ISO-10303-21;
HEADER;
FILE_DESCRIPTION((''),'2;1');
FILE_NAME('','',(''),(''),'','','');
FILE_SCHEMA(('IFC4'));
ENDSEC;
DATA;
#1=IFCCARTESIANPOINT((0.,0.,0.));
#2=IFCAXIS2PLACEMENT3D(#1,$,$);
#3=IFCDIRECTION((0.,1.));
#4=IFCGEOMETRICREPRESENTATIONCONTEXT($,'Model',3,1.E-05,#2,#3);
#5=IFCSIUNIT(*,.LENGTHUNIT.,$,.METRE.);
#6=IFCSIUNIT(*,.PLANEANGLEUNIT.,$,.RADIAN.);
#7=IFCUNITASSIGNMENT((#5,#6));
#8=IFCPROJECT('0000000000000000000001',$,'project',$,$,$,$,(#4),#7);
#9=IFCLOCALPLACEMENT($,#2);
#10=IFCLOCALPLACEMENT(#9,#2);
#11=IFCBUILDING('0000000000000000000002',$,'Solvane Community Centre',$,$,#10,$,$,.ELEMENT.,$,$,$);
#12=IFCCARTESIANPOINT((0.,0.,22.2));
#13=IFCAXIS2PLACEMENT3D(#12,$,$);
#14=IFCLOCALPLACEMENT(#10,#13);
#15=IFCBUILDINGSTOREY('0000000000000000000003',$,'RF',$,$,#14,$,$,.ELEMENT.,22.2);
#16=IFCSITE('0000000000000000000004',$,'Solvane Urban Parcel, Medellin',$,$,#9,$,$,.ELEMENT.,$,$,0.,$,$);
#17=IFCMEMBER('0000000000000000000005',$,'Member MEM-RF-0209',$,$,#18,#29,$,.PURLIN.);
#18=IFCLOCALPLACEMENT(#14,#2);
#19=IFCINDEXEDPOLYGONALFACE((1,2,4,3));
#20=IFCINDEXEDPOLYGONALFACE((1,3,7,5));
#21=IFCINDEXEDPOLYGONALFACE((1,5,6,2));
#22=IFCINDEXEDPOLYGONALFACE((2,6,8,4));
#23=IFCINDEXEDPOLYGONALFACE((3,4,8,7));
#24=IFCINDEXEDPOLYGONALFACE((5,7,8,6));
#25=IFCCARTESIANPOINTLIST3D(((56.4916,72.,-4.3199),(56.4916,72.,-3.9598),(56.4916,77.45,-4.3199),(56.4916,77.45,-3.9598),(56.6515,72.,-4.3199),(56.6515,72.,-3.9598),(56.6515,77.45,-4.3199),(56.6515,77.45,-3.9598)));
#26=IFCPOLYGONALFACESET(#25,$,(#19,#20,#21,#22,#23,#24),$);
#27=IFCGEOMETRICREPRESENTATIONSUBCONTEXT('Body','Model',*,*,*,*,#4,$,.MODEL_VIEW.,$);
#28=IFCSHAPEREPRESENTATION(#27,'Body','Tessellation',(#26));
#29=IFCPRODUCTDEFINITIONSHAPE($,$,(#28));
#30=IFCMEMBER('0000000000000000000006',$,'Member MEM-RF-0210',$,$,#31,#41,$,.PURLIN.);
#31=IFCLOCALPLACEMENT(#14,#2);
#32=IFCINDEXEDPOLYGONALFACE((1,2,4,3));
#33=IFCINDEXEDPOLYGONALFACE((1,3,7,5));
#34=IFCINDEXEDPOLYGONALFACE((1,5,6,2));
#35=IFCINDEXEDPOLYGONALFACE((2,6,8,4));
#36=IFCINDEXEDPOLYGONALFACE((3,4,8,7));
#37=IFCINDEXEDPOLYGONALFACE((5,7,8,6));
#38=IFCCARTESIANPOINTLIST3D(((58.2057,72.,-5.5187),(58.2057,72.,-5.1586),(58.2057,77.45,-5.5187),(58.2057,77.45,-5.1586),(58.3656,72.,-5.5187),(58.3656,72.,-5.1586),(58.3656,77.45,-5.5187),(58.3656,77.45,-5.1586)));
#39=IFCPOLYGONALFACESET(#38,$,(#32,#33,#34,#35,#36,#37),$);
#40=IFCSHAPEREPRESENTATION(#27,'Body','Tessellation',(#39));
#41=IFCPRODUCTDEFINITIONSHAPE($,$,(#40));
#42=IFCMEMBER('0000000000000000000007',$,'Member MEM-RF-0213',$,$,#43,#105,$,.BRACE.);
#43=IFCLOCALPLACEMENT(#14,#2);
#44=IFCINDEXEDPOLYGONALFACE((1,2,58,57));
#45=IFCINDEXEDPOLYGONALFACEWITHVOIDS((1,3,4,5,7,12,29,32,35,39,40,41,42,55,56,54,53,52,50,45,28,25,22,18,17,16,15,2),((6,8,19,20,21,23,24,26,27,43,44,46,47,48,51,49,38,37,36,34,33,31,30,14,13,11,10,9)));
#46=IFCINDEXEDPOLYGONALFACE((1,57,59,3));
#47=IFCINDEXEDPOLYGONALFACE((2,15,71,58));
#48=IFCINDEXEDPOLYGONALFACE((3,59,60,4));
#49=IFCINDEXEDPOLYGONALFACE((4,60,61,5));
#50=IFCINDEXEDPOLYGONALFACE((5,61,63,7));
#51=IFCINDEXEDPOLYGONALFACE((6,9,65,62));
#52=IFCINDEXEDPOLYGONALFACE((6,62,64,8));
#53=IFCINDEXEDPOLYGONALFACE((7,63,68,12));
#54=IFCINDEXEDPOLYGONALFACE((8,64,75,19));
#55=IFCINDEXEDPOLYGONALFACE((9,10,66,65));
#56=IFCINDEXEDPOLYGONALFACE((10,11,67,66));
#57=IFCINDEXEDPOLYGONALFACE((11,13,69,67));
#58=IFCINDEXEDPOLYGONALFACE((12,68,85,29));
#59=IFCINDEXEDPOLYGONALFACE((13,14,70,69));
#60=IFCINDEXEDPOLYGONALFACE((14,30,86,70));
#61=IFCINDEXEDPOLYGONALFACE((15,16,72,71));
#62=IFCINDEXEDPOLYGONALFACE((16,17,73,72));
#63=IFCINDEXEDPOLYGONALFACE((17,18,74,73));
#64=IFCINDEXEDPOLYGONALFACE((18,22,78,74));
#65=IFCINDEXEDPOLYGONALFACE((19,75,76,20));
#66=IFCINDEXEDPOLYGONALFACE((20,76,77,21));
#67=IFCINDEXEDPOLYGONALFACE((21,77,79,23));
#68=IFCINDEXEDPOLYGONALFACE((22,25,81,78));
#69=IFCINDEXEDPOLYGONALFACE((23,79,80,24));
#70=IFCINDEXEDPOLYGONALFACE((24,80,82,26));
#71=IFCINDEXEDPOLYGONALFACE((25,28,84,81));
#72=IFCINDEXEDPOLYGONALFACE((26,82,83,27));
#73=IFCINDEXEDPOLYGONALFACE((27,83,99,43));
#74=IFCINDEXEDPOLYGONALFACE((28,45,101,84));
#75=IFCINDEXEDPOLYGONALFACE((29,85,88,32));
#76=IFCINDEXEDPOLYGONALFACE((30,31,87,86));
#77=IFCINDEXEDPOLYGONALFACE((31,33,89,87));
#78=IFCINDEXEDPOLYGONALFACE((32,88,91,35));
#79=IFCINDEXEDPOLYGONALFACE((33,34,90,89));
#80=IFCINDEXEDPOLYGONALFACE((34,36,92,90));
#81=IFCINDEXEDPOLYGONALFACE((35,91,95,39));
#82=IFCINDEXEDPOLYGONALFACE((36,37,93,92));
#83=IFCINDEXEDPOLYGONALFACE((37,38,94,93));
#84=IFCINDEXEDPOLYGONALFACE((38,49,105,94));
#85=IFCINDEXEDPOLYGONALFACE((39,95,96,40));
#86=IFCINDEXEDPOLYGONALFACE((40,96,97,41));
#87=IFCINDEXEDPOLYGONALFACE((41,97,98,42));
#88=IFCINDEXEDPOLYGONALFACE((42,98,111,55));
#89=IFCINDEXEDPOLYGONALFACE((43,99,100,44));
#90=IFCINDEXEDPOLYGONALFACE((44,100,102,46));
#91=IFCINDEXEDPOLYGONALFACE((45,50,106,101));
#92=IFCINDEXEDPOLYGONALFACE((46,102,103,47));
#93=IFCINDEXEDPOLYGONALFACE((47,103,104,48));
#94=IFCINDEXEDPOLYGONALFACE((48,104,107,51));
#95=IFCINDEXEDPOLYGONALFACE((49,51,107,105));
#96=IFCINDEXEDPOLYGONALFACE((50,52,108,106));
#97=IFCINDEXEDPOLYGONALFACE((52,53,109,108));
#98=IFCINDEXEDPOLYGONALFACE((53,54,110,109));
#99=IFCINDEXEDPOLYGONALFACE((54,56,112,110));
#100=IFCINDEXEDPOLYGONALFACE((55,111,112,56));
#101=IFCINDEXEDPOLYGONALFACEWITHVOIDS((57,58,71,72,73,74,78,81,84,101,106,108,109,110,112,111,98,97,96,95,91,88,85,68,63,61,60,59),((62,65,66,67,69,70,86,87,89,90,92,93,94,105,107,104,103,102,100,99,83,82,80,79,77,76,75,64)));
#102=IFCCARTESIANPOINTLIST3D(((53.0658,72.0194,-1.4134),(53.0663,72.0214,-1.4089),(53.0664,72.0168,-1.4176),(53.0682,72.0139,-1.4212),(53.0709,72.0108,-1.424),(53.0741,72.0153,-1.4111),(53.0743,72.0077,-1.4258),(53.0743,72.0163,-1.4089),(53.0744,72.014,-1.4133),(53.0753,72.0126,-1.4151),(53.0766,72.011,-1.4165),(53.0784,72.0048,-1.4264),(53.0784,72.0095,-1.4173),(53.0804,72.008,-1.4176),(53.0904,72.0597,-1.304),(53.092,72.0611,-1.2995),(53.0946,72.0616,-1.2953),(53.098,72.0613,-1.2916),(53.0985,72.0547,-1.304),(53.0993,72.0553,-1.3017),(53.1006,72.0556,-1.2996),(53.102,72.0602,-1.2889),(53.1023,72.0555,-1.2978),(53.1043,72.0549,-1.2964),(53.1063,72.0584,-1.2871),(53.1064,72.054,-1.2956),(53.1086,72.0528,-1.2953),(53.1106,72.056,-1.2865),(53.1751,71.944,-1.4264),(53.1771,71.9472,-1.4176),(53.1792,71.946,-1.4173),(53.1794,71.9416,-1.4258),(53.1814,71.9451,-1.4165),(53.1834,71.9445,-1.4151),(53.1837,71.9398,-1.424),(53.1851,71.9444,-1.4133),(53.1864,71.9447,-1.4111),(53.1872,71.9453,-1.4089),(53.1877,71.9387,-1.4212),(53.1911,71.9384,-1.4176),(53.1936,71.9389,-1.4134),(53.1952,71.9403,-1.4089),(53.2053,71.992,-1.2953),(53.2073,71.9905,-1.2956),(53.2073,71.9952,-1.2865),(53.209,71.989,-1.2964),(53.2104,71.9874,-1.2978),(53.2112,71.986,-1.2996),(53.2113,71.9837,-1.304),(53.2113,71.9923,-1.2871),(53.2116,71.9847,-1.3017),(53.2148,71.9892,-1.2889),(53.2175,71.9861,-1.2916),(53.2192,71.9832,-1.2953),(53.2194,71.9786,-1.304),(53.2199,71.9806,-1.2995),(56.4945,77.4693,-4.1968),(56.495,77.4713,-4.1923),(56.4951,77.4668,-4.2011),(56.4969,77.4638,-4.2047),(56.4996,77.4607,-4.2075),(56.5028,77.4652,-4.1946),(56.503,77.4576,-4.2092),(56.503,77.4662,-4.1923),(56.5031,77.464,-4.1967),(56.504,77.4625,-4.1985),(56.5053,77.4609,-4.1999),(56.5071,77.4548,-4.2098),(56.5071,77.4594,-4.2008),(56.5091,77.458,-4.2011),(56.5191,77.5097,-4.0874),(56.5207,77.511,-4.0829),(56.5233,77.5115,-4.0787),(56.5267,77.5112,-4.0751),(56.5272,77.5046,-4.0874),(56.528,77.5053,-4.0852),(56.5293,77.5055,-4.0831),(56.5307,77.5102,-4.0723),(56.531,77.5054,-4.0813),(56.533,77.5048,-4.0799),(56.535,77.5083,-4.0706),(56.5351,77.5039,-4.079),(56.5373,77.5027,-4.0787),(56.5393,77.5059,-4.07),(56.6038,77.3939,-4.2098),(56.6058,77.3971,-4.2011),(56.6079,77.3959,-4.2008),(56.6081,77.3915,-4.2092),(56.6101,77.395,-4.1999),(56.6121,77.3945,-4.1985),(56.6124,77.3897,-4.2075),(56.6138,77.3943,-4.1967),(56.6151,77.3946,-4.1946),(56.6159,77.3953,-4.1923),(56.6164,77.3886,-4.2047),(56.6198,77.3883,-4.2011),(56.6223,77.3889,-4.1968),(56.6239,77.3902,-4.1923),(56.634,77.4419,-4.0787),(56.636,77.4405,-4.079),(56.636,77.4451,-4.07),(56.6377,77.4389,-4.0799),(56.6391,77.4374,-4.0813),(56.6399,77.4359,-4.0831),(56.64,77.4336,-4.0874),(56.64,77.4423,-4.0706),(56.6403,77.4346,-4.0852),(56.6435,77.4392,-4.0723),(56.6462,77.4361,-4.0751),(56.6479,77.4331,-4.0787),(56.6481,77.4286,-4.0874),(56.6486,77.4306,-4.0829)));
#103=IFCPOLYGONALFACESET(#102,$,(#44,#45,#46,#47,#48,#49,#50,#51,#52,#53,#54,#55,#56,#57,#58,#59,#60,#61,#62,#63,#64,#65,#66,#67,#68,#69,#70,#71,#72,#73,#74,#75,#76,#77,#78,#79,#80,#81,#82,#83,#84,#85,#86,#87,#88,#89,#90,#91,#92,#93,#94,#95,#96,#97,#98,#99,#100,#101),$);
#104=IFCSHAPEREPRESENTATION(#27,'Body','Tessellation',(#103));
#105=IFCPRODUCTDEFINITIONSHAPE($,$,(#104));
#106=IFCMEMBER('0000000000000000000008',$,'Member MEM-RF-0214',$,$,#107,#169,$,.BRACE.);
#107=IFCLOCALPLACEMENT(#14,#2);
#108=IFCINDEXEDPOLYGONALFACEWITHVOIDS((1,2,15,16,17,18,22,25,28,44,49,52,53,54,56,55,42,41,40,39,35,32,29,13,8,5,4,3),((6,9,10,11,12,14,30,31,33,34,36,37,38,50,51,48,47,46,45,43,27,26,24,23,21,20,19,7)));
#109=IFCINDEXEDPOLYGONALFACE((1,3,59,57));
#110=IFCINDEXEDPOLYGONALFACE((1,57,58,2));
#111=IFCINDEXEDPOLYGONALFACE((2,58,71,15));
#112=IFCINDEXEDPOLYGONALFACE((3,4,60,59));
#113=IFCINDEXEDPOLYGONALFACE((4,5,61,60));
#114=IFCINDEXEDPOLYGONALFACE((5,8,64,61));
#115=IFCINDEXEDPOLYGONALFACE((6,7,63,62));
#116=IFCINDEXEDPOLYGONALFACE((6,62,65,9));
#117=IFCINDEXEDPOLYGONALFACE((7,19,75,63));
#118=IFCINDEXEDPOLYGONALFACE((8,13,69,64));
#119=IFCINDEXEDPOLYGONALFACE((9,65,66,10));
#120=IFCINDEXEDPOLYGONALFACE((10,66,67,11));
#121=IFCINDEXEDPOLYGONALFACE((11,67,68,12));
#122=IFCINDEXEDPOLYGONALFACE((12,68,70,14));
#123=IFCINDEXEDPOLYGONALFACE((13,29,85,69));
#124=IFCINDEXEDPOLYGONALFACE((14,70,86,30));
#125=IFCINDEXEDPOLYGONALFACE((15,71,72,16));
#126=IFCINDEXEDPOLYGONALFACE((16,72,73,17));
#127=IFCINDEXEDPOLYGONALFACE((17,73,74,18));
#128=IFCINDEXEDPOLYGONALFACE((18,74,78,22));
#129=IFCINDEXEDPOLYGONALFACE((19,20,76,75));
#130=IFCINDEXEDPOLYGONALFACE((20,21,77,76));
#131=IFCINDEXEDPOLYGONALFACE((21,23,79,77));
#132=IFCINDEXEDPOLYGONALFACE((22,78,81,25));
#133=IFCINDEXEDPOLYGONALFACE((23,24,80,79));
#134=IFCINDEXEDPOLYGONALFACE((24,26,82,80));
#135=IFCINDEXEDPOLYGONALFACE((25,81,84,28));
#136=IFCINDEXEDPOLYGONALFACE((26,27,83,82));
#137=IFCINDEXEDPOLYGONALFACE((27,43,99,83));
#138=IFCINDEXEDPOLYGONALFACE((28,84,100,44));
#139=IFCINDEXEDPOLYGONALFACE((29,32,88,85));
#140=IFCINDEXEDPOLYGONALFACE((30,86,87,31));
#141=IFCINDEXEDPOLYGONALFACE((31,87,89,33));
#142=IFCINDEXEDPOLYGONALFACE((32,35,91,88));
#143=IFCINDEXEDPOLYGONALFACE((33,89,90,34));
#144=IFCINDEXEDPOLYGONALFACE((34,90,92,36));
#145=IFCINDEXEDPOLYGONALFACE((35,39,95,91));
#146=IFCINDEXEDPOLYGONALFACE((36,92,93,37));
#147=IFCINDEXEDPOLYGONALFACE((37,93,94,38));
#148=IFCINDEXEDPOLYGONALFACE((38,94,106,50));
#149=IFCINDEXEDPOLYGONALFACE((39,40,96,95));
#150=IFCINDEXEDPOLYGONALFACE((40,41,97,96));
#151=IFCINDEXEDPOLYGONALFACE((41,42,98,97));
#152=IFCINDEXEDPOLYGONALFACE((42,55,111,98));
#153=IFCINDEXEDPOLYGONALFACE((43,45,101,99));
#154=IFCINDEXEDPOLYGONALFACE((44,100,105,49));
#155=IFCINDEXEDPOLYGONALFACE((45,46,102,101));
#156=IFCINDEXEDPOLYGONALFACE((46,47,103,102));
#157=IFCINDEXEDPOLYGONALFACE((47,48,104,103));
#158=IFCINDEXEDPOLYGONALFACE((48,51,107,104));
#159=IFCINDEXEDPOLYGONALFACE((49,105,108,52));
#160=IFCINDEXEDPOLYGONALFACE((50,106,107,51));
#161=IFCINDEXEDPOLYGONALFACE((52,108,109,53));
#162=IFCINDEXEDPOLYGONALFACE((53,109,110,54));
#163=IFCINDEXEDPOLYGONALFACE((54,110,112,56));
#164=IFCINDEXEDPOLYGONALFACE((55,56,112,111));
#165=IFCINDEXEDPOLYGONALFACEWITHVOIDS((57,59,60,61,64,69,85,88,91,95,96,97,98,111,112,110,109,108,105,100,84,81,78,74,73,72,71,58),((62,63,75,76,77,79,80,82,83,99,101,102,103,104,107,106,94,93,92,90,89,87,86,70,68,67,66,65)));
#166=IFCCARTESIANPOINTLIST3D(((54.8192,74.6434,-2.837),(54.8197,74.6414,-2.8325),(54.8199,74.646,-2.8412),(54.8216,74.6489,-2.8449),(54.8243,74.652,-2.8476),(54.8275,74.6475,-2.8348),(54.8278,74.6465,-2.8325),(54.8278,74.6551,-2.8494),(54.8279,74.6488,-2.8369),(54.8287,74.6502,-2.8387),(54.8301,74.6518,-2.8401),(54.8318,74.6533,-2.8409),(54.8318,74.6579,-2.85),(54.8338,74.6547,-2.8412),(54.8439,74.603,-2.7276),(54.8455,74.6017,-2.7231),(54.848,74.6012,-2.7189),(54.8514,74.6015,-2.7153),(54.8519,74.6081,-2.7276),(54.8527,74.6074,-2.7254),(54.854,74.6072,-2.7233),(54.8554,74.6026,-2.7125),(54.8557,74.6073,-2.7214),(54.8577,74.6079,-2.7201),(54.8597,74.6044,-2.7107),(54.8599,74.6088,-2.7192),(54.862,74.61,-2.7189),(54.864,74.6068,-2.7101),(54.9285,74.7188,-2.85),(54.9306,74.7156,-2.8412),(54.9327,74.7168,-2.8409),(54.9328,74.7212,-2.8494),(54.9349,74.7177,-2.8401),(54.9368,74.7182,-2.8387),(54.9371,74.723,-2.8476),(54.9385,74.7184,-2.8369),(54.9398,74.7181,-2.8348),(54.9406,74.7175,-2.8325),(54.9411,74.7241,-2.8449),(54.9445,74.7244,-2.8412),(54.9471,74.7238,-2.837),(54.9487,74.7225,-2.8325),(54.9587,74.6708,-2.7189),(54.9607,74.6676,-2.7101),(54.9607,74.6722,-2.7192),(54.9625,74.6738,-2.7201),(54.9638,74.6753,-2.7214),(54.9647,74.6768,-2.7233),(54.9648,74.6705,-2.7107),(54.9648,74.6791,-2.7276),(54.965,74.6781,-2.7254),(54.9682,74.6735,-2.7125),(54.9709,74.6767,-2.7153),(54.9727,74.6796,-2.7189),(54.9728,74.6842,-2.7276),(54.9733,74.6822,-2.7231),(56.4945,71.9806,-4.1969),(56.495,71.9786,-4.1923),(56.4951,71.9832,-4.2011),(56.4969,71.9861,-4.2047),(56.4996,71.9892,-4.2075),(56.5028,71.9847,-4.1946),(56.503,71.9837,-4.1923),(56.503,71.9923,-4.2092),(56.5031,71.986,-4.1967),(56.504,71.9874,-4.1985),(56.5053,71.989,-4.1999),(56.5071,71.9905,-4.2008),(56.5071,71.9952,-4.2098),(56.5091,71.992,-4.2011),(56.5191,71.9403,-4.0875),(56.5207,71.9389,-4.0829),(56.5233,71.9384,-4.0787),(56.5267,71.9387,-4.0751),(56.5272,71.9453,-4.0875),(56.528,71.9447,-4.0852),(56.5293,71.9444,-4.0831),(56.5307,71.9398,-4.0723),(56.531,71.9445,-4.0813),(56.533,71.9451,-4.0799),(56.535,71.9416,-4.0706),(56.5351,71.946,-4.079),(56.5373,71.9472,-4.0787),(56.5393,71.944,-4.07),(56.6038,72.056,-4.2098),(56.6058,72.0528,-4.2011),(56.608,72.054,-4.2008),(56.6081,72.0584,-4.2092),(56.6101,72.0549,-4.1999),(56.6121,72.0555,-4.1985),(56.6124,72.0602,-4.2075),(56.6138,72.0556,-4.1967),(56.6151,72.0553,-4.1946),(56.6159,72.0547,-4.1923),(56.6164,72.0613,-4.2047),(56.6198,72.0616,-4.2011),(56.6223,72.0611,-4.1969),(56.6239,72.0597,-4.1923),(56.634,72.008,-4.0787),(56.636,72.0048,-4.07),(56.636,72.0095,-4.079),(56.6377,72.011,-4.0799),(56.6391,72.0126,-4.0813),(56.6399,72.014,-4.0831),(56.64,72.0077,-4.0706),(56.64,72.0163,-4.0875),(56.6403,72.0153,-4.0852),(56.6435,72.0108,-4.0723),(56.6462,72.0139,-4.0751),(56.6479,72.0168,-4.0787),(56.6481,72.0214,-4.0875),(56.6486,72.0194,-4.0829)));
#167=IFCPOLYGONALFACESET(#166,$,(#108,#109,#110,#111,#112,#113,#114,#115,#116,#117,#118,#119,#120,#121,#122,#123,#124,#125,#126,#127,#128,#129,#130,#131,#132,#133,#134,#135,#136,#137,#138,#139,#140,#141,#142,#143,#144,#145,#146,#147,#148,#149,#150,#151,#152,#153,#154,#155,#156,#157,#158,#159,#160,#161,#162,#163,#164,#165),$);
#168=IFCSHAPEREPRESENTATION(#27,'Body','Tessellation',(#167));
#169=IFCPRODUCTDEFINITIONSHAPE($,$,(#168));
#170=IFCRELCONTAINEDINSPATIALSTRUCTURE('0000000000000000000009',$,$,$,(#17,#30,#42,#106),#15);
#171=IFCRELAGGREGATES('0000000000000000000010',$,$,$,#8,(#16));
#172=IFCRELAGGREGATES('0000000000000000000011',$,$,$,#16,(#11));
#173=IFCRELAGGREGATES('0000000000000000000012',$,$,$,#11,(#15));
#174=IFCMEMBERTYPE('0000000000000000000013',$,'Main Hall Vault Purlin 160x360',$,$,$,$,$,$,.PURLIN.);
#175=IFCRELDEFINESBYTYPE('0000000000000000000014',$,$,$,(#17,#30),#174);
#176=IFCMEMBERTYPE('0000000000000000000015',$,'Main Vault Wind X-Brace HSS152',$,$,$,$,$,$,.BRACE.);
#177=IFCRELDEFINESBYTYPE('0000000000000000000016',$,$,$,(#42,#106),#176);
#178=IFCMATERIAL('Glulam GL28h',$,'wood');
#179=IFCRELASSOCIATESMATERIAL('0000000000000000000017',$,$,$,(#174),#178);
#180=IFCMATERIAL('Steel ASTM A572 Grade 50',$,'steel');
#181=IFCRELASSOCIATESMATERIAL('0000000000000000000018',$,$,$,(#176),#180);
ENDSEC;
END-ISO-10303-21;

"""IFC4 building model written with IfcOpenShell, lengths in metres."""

from ifc_helpers import new_model, si_unit, direction, frame, origin, origin_2d, place, context, subcontext, project, spatial, rectangle, hollow_rectangle, extrude, material, material_profile, profile_set, type_object, element, save


model = new_model("IFC4")

# Units and contexts
model_context = context("Model", 3, precision=1e-05, world=origin(), true_north=direction((0.0, 1.0)))
body_context = subcontext(model_context, "Body", "Model", "MODEL_VIEW")
ifc_project = project(units=[si_unit("LENGTHUNIT", "METRE"), si_unit("PLANEANGLEUNIT", "RADIAN")], contexts=[model_context])

# Site, building, storey
site_placement = place(None, origin())
site = spatial("IfcSite", under=ifc_project, at=site_placement, Name="Solvane Urban Parcel, Medellin", CompositionType="ELEMENT", RefElevation=0.0)
building_placement = place(site_placement, origin())
building = spatial("IfcBuilding", under=site, at=building_placement, Name="Solvane Community Centre", CompositionType="ELEMENT")
storey_placement = place(building_placement, frame((0.0, 0.0, 22.2)))
storey = spatial("IfcBuildingStorey", under=building, at=storey_placement, Name="RF", CompositionType="ELEMENT", Elevation=22.2)

# Members
ifc_material_1 = material(Name="Glulam GL28h", Category="wood")
ifc_material_profile_1 = material_profile(ifc_material_1, rectangle(XDim=0.1599, YDim=0.3601, at=origin_2d()), Name="GL28h 160x360")
ifc_profile_set_1 = profile_set([ifc_material_profile_1], Name="Glulam GL28h")
member_type_1 = type_object("IfcMemberType", Name="Main Hall Vault Purlin 160x360", PredefinedType="PURLIN", material=ifc_profile_set_1)
for number, where, z_axis, x_axis, name in (
    (1, (56.5715, 72.0, -4.1399), (0.0, 1.0, 0.0), (-1.0, 0.0, 0.0), "Member MEM-RF-0209"),
    (2, (58.2856, 72.0, -5.3386), (0.0, 1.0, 0.0), (-1.0, 0.0, 0.0), "Member MEM-RF-0210"),
):
    element("IfcMember", number, at=place(storey_placement, frame(where, z_axis=z_axis, x_axis=x_axis)), inside=storey, type_object=member_type_1, Name=name, PredefinedType="PURLIN", context=body_context, shape_type="SweptSolid", body=[
        extrude(rectangle(XDim=0.1599, YDim=0.3601, at=origin_2d()), origin(), (0.0, 0.0, 1.0), 5.45),
    ])
ifc_material_2 = material(Name="Steel ASTM A572 Grade 50", Category="steel")
ifc_material_profile_2 = material_profile(ifc_material_2, hollow_rectangle(XDim=0.1523, YDim=0.1523, WallThickness=0.0095, InnerFilletRadius=0.0095, OuterFilletRadius=0.019, at=origin_2d()), Name="HSS 152x152x9.5")
ifc_profile_set_2 = profile_set([ifc_material_profile_2], Name="Steel ASTM A572 Grade 50")
member_type_2 = type_object("IfcMemberType", Name="Main Vault Wind X-Brace HSS152", PredefinedType="BRACE", material=ifc_profile_set_2)
member_1_placement = place(storey_placement, frame((53.1428, 72.0, -1.3564), z_axis=(0.488791, 0.776936, -0.396804), x_axis=(-0.846425, 0.532509, 0.0)))
element("IfcMember", 3, at=member_1_placement, inside=storey, type_object=member_type_2, Name="Member MEM-RF-0213", PredefinedType="BRACE", context=body_context, shape_type="SweptSolid", body=[
    extrude(hollow_rectangle(XDim=0.1523, YDim=0.1523, WallThickness=0.0095, InnerFilletRadius=0.0095, OuterFilletRadius=0.019, at=origin_2d()), origin(), (0.0, 0.0, 1.0), 7.0146),
])
member_2_placement = place(storey_placement, frame((56.5715, 72.0, -4.1399), z_axis=(-0.488805, 0.776944, 0.396771), x_axis=(-0.846421, -0.532515, 0.0)))
element("IfcMember", 4, at=member_2_placement, inside=storey, type_object=member_type_2, Name="Member MEM-RF-0214", PredefinedType="BRACE", context=body_context, shape_type="SweptSolid", body=[
    extrude(hollow_rectangle(XDim=0.1523, YDim=0.1523, WallThickness=0.0095, InnerFilletRadius=0.0095, OuterFilletRadius=0.019, at=origin_2d()), origin(), (0.0, 0.0, 1.0), 3.4272),
])

save(model, "model.ifc")
